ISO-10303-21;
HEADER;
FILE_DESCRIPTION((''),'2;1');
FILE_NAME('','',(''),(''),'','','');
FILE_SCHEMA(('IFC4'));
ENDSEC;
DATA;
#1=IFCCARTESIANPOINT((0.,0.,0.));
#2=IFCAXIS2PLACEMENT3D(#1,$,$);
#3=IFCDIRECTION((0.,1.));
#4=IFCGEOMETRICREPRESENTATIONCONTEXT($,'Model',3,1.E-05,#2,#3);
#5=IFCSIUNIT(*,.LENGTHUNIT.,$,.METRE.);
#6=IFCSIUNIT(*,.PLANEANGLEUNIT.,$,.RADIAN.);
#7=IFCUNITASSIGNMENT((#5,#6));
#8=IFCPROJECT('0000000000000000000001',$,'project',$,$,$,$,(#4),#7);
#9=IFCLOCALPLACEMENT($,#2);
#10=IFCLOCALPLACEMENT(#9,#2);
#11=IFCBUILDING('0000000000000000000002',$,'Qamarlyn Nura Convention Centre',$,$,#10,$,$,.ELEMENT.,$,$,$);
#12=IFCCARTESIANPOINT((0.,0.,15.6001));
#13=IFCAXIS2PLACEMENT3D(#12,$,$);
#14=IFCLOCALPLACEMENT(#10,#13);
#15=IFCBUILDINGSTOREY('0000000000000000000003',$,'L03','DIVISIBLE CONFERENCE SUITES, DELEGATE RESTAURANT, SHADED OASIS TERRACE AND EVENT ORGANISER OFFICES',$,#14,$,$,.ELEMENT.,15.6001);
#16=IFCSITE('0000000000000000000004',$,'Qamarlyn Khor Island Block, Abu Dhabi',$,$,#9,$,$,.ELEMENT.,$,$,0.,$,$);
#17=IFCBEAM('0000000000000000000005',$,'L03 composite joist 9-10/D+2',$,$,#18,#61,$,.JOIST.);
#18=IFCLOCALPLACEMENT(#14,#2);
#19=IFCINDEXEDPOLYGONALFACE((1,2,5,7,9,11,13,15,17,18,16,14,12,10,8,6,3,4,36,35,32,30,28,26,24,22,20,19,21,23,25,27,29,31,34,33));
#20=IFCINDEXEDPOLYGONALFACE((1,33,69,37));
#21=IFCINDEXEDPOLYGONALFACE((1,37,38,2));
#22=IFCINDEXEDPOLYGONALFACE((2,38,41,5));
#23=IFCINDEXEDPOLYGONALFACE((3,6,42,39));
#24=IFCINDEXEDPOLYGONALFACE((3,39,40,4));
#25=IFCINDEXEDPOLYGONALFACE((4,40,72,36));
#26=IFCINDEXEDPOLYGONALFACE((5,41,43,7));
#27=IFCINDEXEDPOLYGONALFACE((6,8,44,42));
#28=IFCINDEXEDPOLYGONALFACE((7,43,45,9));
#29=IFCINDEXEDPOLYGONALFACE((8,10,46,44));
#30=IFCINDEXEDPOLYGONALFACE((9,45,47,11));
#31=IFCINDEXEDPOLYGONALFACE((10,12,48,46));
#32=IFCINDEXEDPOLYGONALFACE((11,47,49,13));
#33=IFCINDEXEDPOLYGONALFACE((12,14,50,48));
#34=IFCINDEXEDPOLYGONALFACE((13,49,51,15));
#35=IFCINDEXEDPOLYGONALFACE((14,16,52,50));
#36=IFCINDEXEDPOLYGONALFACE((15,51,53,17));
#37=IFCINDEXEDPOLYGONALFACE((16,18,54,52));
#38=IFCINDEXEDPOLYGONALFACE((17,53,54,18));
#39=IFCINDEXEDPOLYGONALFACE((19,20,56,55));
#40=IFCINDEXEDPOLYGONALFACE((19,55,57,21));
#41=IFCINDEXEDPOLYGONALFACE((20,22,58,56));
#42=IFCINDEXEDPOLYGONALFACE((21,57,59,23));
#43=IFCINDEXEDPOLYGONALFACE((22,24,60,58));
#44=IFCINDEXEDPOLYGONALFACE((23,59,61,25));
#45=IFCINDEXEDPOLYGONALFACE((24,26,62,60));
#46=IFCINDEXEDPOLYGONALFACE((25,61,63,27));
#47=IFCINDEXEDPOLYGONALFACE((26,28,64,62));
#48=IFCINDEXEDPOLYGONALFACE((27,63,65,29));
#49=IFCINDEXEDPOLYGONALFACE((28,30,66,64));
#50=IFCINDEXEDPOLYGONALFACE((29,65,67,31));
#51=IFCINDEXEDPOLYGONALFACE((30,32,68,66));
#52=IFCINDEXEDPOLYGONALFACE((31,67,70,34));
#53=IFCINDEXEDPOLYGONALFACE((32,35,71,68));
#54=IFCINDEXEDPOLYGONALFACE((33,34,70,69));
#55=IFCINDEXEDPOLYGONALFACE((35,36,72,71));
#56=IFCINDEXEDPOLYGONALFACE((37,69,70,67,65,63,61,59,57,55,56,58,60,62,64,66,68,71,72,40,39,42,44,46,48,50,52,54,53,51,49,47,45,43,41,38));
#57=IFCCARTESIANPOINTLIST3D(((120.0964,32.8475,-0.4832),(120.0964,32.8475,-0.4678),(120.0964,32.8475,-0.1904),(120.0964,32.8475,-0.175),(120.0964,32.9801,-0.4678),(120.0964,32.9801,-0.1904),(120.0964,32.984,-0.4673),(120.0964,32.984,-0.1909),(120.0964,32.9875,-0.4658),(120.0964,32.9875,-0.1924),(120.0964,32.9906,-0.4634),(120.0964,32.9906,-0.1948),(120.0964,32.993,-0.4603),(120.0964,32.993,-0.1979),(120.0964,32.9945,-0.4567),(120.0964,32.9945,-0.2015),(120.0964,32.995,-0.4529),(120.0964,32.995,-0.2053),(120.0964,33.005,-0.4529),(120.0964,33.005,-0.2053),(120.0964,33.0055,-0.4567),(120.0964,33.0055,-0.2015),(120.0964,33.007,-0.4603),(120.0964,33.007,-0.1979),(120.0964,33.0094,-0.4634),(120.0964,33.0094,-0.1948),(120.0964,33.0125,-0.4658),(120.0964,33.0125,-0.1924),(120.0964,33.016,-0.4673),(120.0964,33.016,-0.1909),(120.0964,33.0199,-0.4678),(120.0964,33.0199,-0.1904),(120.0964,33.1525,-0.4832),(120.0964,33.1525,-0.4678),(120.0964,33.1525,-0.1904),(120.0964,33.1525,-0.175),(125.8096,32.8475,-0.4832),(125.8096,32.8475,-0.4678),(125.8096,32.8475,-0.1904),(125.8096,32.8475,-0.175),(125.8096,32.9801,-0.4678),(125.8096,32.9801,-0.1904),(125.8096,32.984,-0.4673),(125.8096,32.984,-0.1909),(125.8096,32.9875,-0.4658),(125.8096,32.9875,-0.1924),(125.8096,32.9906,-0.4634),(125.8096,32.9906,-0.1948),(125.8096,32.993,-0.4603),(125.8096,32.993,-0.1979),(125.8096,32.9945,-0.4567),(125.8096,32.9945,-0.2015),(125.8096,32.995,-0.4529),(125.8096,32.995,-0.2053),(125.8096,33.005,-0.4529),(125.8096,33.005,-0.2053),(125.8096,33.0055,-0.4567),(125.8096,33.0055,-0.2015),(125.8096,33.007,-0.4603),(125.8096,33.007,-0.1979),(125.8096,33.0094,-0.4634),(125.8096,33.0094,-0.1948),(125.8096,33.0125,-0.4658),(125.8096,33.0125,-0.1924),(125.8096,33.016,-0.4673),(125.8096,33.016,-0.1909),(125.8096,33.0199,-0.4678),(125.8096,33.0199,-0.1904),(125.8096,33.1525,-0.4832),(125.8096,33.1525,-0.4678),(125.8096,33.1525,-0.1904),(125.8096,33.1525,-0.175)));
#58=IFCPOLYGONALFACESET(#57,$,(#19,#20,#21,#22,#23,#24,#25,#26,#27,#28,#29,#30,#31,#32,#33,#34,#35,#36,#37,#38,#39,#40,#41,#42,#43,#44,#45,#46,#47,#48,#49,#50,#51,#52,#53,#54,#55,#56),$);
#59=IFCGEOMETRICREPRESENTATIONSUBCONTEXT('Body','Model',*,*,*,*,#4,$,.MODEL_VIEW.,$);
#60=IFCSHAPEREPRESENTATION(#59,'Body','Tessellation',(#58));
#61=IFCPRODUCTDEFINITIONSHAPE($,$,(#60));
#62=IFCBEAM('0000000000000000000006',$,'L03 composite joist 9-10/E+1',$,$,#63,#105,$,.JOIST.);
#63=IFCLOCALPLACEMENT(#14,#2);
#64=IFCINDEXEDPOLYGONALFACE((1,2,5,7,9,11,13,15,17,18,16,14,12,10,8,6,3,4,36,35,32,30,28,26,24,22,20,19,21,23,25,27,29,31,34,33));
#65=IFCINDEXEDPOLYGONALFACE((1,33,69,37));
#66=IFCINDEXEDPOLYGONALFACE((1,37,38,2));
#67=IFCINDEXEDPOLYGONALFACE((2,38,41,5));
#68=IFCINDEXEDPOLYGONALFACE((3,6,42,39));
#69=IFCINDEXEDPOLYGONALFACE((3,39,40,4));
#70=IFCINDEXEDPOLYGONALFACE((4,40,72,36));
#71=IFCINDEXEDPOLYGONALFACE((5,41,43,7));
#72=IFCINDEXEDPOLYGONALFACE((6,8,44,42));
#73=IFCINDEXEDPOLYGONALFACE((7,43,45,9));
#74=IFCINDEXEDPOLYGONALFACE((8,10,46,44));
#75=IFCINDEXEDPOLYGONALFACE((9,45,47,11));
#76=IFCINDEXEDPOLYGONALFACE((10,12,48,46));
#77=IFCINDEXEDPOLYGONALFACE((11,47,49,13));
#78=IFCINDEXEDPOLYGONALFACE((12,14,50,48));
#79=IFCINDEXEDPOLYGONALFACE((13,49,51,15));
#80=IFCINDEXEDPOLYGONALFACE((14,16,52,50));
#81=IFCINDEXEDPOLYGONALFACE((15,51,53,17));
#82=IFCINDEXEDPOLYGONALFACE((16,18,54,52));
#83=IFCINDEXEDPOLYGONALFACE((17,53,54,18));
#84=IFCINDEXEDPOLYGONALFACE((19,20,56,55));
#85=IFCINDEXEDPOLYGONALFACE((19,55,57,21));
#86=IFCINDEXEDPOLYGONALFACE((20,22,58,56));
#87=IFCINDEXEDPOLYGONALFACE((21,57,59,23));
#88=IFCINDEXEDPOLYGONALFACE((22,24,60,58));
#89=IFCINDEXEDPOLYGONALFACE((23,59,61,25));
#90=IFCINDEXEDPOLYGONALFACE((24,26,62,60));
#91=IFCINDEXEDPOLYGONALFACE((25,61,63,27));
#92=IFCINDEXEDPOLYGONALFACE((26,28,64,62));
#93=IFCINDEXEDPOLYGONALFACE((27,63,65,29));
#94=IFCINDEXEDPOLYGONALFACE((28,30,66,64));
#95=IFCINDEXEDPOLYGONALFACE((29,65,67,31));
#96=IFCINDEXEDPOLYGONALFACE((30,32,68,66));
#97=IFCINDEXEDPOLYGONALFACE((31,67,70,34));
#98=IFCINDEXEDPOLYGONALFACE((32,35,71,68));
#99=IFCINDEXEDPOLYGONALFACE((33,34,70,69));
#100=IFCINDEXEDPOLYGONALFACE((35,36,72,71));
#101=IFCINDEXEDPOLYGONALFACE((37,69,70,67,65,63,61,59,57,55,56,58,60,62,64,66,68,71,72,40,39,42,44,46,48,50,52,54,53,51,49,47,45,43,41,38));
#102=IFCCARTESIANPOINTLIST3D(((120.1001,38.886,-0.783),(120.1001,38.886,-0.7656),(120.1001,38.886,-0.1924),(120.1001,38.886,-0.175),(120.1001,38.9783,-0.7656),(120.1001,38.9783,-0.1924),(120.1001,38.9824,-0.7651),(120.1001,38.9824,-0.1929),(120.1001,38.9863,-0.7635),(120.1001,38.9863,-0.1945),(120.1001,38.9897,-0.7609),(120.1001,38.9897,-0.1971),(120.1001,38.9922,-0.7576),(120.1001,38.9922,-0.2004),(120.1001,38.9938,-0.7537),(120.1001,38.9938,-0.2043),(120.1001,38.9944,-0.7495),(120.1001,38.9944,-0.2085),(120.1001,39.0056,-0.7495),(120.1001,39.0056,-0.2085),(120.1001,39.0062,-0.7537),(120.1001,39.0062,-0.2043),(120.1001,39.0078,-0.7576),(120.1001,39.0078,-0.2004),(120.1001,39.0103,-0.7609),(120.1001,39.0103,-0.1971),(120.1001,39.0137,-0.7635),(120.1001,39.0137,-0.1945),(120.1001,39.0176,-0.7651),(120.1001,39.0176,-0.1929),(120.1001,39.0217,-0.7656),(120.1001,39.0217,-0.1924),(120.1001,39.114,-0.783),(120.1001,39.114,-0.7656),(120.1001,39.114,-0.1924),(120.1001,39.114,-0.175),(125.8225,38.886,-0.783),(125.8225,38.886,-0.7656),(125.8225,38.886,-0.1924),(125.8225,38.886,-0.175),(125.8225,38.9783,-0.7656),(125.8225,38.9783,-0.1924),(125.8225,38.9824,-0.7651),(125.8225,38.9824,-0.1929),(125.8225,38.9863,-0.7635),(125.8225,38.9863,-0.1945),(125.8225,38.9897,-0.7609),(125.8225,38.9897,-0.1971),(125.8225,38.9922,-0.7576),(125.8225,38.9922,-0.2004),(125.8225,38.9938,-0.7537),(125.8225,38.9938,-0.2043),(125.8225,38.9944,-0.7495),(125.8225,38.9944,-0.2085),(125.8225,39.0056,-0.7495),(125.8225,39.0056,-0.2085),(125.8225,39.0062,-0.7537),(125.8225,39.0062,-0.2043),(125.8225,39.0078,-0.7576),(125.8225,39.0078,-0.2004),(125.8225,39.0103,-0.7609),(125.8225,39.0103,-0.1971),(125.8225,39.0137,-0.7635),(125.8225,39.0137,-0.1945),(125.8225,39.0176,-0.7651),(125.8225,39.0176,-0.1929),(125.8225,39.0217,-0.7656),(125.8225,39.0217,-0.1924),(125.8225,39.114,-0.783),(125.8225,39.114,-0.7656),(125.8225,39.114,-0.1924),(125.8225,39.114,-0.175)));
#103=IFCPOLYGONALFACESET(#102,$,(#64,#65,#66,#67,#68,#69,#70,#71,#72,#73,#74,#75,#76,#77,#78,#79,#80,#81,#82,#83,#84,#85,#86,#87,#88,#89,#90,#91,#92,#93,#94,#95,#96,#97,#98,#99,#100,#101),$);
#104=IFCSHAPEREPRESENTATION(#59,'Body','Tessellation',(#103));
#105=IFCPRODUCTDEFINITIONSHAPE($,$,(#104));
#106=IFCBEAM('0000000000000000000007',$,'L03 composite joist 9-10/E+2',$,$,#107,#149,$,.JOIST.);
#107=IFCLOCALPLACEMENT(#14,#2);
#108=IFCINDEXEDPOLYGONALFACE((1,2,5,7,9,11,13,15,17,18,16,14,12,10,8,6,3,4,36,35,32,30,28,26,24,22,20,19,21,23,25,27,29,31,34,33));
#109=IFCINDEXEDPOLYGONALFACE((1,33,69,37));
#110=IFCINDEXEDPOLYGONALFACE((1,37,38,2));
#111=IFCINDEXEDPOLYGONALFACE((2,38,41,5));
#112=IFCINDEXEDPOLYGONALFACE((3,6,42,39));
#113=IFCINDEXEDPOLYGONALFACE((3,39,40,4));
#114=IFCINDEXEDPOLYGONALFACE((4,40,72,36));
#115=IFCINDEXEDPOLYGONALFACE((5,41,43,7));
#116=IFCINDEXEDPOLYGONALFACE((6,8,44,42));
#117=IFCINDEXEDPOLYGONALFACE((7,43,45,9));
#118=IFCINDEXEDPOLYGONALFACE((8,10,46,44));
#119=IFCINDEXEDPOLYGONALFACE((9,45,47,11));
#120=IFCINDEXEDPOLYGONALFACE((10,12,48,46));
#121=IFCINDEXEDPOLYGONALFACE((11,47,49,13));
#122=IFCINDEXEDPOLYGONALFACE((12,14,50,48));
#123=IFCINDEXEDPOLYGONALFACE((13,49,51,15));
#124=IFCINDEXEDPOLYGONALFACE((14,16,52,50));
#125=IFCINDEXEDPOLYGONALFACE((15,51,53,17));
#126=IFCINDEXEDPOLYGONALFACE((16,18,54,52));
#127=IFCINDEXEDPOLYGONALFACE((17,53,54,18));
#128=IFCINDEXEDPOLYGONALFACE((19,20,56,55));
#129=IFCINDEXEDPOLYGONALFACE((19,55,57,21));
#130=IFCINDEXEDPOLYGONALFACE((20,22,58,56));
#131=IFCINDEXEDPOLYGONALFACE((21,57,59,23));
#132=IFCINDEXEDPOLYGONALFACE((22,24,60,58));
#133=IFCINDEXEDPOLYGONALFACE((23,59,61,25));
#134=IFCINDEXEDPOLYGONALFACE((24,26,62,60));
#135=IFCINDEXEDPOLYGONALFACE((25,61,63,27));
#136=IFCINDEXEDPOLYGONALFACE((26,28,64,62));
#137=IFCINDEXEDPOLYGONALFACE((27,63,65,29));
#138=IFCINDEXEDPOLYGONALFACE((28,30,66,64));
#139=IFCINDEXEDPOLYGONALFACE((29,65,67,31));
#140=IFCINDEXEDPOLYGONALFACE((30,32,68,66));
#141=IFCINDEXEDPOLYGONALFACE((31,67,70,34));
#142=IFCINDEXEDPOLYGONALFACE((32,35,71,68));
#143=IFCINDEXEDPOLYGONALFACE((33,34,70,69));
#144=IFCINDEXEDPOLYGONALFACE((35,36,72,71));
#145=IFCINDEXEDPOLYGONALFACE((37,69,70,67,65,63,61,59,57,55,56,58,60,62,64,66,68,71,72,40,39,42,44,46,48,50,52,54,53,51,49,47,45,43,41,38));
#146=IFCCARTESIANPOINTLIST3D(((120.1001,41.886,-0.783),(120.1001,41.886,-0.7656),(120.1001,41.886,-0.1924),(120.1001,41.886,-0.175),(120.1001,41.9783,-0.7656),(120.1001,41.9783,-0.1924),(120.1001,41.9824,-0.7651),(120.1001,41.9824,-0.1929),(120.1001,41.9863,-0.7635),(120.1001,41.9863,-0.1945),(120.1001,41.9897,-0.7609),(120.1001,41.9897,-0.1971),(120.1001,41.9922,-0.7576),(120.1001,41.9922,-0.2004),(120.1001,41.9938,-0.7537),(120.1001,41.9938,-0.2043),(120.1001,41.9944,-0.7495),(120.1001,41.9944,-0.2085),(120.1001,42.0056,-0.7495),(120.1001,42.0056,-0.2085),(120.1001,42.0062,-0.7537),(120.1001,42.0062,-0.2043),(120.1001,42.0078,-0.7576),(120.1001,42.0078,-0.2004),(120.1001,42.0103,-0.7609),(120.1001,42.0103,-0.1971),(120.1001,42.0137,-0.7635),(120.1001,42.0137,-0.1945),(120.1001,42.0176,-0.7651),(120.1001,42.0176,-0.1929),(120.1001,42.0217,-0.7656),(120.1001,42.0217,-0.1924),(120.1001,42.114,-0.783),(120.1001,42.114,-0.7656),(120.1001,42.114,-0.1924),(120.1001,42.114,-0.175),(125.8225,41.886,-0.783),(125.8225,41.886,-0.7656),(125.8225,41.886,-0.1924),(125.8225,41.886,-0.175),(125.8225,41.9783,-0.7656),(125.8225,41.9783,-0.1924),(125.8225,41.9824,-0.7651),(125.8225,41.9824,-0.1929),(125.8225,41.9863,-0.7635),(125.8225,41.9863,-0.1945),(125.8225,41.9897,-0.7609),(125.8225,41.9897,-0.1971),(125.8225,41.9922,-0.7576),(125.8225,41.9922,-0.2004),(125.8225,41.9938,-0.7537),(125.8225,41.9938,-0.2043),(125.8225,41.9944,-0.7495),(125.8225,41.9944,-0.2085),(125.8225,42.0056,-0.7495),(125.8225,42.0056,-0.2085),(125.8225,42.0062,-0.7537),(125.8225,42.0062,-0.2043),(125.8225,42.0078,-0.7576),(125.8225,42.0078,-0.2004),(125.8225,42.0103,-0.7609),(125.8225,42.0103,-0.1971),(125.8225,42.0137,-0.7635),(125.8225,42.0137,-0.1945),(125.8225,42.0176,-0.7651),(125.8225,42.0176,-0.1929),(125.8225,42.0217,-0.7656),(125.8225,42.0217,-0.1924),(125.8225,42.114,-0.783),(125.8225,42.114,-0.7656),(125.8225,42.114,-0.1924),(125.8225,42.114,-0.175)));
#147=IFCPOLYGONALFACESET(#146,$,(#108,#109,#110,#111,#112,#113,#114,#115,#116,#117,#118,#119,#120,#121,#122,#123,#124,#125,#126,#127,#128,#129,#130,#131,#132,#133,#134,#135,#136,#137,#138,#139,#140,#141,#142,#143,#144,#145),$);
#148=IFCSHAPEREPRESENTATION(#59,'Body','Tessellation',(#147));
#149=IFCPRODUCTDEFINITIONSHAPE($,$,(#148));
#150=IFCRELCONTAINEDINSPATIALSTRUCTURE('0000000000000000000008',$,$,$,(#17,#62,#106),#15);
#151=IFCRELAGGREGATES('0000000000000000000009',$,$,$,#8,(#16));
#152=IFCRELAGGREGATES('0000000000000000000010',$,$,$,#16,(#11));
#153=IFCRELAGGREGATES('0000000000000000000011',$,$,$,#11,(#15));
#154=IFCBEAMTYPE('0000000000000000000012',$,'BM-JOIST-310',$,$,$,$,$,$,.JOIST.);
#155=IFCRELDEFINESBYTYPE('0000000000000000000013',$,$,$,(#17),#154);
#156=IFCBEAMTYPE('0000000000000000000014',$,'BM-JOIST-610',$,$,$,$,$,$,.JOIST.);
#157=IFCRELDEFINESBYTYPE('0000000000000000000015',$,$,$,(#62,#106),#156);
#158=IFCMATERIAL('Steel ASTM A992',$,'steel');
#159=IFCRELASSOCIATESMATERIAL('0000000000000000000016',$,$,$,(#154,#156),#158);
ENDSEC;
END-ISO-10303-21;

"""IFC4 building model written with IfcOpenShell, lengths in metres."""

from ifc_helpers import new_model, si_unit, direction, frame, origin, origin_2d, place, context, subcontext, project, spatial, i_section, extrude, material, material_profile, profile_set, type_object, element, save


model = new_model("IFC4")

# Units and contexts
model_context = context("Model", 3, precision=1e-05, world=origin(), true_north=direction((0.0, 1.0)))
body_context = subcontext(model_context, "Body", "Model", "MODEL_VIEW")
ifc_project = project(units=[si_unit("LENGTHUNIT", "METRE"), si_unit("PLANEANGLEUNIT", "RADIAN")], contexts=[model_context])

# Site, building, storey
site_placement = place(None, origin())
site = spatial("IfcSite", under=ifc_project, at=site_placement, Name="Qamarlyn Khor Island Block, Abu Dhabi", CompositionType="ELEMENT", RefElevation=0.0)
building_placement = place(site_placement, origin())
building = spatial("IfcBuilding", under=site, at=building_placement, Name="Qamarlyn Nura Convention Centre", CompositionType="ELEMENT")
storey_placement = place(building_placement, frame((0.0, 0.0, 15.6001)))
storey = spatial("IfcBuildingStorey", under=building, at=storey_placement, Name="L03", Description="DIVISIBLE CONFERENCE SUITES, DELEGATE RESTAURANT, SHADED OASIS TERRACE AND EVENT ORGANISER OFFICES", CompositionType="ELEMENT", Elevation=15.6001)

# Beams
ifc_material_1 = material(Name="Steel ASTM A992", Category="steel")
ifc_material_profile_1 = material_profile(ifc_material_1, i_section(OverallWidth=0.3049, OverallDepth=0.3081, WebThickness=0.01, FlangeThickness=0.0154, FilletRadius=0.0149, at=origin_2d()), Name="W310X97")
ifc_profile_set_1 = profile_set([ifc_material_profile_1], Name="Steel ASTM A992")
beam_type_1 = type_object("IfcBeamType", Name="BM-JOIST-310", PredefinedType="JOIST", material=ifc_profile_set_1)
beam_1_placement = place(storey_placement, frame((120.0964, 33.0, -0.3291), z_axis=(1.0, 0.0, 0.0), x_axis=(0.0, 1.0, 0.0)))
element("IfcBeam", 1, at=beam_1_placement, inside=storey, type_object=beam_type_1, Name="L03 composite joist 9-10/D+2", PredefinedType="JOIST", context=body_context, shape_type="SweptSolid", body=[
    extrude(i_section(OverallWidth=0.3049, OverallDepth=0.3081, WebThickness=0.01, FlangeThickness=0.0154, FilletRadius=0.0149, at=origin_2d()), origin(), (0.0, 0.0, 1.0), 5.7131),
])
ifc_material_profile_2 = material_profile(ifc_material_1, i_section(OverallWidth=0.228, OverallDepth=0.6079, WebThickness=0.0112, FlangeThickness=0.0173, FilletRadius=0.0161, at=origin_2d()), Name="W610X113")
ifc_profile_set_2 = profile_set([ifc_material_profile_2], Name="Steel ASTM A992")
beam_type_2 = type_object("IfcBeamType", Name="BM-JOIST-610", PredefinedType="JOIST", material=ifc_profile_set_2)
for number, where, z_axis, x_axis, name in (
    (2, (120.1001, 39.0, -0.479), (1.0, 0.0, 0.0), (0.0, 1.0, 0.0), "L03 composite joist 9-10/E+1"),
    (3, (120.1001, 42.0, -0.479), (1.0, 0.0, 0.0), (0.0, 1.0, 0.0), "L03 composite joist 9-10/E+2"),
):
    element("IfcBeam", number, at=place(storey_placement, frame(where, z_axis=z_axis, x_axis=x_axis)), inside=storey, type_object=beam_type_2, Name=name, PredefinedType="JOIST", context=body_context, shape_type="SweptSolid", body=[
        extrude(i_section(OverallWidth=0.228, OverallDepth=0.6079, WebThickness=0.0112, FlangeThickness=0.0173, FilletRadius=0.0161, at=origin_2d()), origin(), (0.0, 0.0, 1.0), 5.7224),
    ])

save(model, "model.ifc")
